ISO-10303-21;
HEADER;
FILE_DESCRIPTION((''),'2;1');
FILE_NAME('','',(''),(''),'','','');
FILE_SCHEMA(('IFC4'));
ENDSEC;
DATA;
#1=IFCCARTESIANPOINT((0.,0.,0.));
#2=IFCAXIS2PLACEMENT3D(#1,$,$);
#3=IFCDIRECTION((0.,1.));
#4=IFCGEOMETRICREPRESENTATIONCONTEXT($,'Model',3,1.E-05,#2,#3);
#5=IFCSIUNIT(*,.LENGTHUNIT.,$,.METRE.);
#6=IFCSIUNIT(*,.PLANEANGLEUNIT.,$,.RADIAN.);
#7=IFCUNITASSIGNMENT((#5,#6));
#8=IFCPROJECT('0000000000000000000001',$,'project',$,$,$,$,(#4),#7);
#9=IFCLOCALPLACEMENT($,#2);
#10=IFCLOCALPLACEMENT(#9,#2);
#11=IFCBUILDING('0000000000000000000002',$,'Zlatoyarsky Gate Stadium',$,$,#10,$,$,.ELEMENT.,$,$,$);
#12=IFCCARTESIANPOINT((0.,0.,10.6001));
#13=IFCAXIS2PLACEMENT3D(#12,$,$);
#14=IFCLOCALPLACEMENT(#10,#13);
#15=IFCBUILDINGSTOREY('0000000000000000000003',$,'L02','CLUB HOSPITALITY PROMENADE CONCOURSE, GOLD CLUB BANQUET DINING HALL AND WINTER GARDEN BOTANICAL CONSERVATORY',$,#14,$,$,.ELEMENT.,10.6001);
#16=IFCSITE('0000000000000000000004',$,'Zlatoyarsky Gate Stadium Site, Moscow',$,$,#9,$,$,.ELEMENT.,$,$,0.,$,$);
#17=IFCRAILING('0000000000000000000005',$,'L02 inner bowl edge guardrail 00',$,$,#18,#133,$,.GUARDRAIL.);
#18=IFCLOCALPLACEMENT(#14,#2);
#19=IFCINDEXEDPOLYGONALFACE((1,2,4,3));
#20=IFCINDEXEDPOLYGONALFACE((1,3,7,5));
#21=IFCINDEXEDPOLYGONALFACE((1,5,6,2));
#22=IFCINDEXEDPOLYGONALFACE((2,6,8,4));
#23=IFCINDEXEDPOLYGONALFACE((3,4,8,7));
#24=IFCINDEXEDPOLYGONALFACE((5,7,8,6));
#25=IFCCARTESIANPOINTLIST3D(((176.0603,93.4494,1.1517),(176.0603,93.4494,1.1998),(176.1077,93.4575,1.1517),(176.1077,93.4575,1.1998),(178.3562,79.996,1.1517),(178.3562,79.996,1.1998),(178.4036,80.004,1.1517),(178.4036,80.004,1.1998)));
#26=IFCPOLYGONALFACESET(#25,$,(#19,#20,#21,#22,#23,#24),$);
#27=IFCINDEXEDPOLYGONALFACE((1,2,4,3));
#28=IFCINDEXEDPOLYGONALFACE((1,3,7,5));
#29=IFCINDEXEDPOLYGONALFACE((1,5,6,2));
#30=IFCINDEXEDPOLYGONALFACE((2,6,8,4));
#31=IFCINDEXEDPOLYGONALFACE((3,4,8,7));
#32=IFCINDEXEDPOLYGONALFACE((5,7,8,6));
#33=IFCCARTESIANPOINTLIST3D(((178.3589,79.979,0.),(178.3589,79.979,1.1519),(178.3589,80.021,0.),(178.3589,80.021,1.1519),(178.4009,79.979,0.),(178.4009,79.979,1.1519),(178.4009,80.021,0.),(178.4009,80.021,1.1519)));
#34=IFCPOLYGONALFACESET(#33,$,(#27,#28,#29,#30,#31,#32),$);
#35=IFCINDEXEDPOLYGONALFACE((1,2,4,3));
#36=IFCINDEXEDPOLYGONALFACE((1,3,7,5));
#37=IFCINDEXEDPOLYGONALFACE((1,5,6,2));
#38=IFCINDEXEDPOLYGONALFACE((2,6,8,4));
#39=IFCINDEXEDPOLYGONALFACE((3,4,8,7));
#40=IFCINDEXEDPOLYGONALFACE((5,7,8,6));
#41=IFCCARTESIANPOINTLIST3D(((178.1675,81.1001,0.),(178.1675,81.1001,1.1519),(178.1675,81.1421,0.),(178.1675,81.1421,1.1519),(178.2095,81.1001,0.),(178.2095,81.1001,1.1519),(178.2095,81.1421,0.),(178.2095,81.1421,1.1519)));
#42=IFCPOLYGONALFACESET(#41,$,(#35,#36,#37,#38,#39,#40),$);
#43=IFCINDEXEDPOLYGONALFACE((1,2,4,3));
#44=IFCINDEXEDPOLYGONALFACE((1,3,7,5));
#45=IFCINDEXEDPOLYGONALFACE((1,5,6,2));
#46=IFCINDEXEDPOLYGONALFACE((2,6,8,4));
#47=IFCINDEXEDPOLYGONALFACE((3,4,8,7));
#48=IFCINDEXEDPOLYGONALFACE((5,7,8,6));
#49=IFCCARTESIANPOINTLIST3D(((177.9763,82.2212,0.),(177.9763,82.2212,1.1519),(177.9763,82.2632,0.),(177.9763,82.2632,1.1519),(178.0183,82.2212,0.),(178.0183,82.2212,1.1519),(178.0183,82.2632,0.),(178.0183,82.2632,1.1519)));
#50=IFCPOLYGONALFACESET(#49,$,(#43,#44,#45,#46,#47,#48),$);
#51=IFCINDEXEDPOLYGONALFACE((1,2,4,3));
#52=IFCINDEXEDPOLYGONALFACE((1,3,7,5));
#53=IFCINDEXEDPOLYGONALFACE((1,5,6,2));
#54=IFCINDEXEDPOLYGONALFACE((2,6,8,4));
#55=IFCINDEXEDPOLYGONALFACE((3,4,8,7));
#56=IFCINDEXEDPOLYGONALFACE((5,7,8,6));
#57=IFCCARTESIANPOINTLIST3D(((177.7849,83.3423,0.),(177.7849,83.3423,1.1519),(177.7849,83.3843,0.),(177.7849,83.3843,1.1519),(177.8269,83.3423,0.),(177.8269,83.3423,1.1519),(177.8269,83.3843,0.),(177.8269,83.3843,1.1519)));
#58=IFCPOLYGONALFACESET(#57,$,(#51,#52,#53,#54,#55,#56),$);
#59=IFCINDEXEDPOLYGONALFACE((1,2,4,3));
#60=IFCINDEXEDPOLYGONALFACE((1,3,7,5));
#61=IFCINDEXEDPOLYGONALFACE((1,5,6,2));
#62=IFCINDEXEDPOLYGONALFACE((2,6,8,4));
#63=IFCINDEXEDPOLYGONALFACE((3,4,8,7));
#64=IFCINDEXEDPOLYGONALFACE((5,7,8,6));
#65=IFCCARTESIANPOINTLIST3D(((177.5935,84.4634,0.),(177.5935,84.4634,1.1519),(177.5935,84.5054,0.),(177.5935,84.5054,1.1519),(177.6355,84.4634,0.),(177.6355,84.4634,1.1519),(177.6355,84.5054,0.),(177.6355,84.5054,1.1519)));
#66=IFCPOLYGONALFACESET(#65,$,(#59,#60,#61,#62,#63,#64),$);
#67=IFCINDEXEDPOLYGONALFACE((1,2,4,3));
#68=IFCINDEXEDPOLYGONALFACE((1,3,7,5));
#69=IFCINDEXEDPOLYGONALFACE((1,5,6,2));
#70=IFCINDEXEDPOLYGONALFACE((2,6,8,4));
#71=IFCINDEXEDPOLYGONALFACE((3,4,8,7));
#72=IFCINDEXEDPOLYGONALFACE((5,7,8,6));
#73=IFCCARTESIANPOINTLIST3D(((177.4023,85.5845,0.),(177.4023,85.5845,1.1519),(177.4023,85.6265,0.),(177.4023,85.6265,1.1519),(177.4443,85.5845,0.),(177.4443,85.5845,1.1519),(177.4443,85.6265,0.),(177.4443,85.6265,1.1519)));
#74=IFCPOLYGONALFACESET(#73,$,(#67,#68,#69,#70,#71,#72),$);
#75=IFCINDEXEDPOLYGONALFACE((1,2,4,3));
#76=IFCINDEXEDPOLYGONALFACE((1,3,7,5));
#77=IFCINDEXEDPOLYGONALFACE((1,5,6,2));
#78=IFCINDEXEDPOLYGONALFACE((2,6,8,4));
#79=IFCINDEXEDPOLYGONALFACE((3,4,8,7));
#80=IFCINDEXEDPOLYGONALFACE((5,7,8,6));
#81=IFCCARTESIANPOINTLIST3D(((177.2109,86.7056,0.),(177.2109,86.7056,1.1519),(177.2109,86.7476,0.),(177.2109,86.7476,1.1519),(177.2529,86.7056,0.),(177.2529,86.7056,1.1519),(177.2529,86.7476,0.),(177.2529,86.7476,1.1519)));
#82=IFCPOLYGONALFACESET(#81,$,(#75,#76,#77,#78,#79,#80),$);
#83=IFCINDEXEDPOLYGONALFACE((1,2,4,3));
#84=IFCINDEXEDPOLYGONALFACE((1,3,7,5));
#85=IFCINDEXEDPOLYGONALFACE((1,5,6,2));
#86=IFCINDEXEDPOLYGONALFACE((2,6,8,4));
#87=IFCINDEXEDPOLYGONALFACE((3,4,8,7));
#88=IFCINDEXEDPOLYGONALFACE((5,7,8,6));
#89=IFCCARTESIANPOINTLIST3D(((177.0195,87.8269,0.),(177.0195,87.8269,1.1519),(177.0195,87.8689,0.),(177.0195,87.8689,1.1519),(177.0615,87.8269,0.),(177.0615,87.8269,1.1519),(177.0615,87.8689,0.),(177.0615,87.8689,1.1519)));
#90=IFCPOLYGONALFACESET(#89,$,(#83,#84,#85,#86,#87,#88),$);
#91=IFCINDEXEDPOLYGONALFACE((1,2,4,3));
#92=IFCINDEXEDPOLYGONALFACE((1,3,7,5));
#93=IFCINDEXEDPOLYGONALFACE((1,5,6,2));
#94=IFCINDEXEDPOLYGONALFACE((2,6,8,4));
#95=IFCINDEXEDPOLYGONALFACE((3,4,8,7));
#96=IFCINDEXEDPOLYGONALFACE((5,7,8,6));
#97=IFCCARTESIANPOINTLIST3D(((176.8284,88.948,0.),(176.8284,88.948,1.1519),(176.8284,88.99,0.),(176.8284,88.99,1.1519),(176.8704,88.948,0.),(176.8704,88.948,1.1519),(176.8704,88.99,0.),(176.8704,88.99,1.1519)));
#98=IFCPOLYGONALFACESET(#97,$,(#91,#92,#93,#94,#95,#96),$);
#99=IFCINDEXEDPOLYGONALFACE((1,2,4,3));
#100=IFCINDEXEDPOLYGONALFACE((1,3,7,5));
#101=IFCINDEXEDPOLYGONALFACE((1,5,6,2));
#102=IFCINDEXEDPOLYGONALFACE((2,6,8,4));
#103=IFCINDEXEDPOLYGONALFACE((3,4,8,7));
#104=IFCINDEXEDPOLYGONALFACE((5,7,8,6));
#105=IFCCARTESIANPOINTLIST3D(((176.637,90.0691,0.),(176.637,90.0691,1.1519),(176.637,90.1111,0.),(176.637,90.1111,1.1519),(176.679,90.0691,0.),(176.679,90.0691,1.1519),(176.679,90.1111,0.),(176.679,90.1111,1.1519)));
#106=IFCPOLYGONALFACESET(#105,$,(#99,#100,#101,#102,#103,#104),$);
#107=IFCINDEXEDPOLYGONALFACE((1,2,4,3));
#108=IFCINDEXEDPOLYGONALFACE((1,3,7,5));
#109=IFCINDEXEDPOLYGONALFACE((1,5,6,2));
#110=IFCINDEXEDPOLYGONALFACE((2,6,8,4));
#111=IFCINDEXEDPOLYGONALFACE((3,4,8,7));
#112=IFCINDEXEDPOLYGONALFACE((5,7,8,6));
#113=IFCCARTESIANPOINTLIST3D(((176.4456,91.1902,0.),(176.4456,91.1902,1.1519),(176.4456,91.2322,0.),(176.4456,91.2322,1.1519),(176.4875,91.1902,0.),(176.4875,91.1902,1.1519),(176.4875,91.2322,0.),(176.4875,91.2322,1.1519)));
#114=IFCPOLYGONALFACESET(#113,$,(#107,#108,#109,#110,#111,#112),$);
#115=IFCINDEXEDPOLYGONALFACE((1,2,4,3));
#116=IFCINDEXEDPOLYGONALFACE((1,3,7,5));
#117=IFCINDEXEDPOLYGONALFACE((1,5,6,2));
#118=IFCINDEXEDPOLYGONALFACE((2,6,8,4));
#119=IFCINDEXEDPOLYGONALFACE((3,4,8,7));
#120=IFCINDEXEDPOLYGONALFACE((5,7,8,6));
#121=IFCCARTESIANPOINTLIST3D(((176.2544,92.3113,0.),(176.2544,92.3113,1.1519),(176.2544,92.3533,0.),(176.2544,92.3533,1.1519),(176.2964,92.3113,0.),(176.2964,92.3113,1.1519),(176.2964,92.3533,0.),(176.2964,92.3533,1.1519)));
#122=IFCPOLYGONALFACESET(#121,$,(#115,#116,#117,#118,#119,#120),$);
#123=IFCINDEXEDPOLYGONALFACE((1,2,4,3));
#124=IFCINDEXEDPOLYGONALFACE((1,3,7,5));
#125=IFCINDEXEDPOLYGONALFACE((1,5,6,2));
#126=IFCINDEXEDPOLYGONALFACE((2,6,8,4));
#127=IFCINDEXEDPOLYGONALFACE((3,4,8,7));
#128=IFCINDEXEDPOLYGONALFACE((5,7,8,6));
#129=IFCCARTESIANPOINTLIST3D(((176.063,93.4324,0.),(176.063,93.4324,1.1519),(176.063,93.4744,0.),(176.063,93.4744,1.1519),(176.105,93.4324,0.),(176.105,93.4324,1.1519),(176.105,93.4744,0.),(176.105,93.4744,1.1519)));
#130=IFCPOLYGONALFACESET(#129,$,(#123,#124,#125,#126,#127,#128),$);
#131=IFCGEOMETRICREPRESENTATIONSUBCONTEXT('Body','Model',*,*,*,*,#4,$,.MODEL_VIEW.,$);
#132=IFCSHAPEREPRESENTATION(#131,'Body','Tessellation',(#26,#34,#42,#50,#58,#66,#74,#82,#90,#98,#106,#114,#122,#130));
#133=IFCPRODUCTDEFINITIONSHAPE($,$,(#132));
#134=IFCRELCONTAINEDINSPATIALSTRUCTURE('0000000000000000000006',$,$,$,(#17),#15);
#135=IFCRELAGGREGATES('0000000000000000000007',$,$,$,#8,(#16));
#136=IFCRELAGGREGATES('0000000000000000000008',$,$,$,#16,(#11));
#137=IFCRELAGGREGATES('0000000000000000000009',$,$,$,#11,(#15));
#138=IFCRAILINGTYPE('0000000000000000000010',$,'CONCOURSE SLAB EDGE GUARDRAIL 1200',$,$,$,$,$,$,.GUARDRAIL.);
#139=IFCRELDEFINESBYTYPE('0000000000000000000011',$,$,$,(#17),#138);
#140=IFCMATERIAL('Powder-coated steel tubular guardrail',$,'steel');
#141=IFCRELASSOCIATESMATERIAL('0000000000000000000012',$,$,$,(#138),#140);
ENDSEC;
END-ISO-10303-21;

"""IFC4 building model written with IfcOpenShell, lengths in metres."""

from ifc_helpers import new_model, si_unit, direction, frame, origin, origin_2d, place, context, subcontext, project, spatial, rectangle, extrude, material, type_object, element, save


model = new_model("IFC4")

# Units and contexts
model_context = context("Model", 3, precision=1e-05, world=origin(), true_north=direction((0.0, 1.0)))
body_context = subcontext(model_context, "Body", "Model", "MODEL_VIEW")
ifc_project = project(units=[si_unit("LENGTHUNIT", "METRE"), si_unit("PLANEANGLEUNIT", "RADIAN")], contexts=[model_context])

# Site, building, storey
site_placement = place(None, origin())
site = spatial("IfcSite", under=ifc_project, at=site_placement, Name="Zlatoyarsky Gate Stadium Site, Moscow", CompositionType="ELEMENT", RefElevation=0.0)
building_placement = place(site_placement, origin())
building = spatial("IfcBuilding", under=site, at=building_placement, Name="Zlatoyarsky Gate Stadium", CompositionType="ELEMENT")
storey_placement = place(building_placement, frame((0.0, 0.0, 10.6001)))
storey = spatial("IfcBuildingStorey", under=building, at=storey_placement, Name="L02", Description="CLUB HOSPITALITY PROMENADE CONCOURSE, GOLD CLUB BANQUET DINING HALL AND WINTER GARDEN BOTANICAL CONSERVATORY", CompositionType="ELEMENT", Elevation=10.6001)

# Railing
ifc_material_1 = material(Name="Powder-coated steel tubular guardrail", Category="steel")
railing_type_1 = type_object("IfcRailingType", Name="CONCOURSE SLAB EDGE GUARDRAIL 1200", PredefinedType="GUARDRAIL", material=ifc_material_1)
railing_1_placement = place(storey_placement, frame((178.3799, 80.0, 0.0)))
element("IfcRailing", 1, at=railing_1_placement, inside=storey, type_object=railing_type_1, Name="L02 inner bowl edge guardrail 00", PredefinedType="GUARDRAIL", context=body_context, shape_type="SweptSolid", body=[
    extrude(rectangle(XDim=0.0481, YDim=0.0481, at=origin_2d()), frame((0.0, 0.0, 1.1758), z_axis=(-0.168224, 0.985749, 0.0), x_axis=(-0.985749, -0.168224, 0.0)), (0.0, 0.0, 1.0), 13.6479),
    extrude(rectangle(XDim=0.042, YDim=0.042, at=origin_2d()), origin(), (0.0, 0.0, 1.0), 1.1519),
    extrude(rectangle(XDim=0.042, YDim=0.042, at=origin_2d()), frame((-0.1914, 1.1211, 0.0)), (0.0, 0.0, 1.0), 1.1519),
    extrude(rectangle(XDim=0.042, YDim=0.042, at=origin_2d()), frame((-0.3826, 2.2422, 0.0)), (0.0, 0.0, 1.0), 1.1519),
    extrude(rectangle(XDim=0.042, YDim=0.042, at=origin_2d()), frame((-0.574, 3.3633, 0.0)), (0.0, 0.0, 1.0), 1.1519),
    extrude(rectangle(XDim=0.042, YDim=0.042, at=origin_2d()), frame((-0.7654, 4.4844, 0.0)), (0.0, 0.0, 1.0), 1.1519),
    extrude(rectangle(XDim=0.042, YDim=0.042, at=origin_2d()), frame((-0.9565, 5.6055, 0.0)), (0.0, 0.0, 1.0), 1.1519),
    extrude(rectangle(XDim=0.042, YDim=0.042, at=origin_2d()), frame((-1.1479, 6.7266, 0.0)), (0.0, 0.0, 1.0), 1.1519),
    extrude(rectangle(XDim=0.042, YDim=0.042, at=origin_2d()), frame((-1.3394, 7.8479, 0.0)), (0.0, 0.0, 1.0), 1.1519),
    extrude(rectangle(XDim=0.042, YDim=0.042, at=origin_2d()), frame((-1.5305, 8.969, 0.0)), (0.0, 0.0, 1.0), 1.1519),
    extrude(rectangle(XDim=0.042, YDim=0.042, at=origin_2d()), frame((-1.7219, 10.0901, 0.0)), (0.0, 0.0, 1.0), 1.1519),
    extrude(rectangle(XDim=0.042, YDim=0.042, at=origin_2d()), frame((-1.9133, 11.2112, 0.0)), (0.0, 0.0, 1.0), 1.1519),
    extrude(rectangle(XDim=0.042, YDim=0.042, at=origin_2d()), frame((-2.1045, 12.3323, 0.0)), (0.0, 0.0, 1.0), 1.1519),
    extrude(rectangle(XDim=0.042, YDim=0.042, at=origin_2d()), frame((-2.2959, 13.4534, 0.0)), (0.0, 0.0, 1.0), 1.1519),
])

save(model, "model.ifc")
